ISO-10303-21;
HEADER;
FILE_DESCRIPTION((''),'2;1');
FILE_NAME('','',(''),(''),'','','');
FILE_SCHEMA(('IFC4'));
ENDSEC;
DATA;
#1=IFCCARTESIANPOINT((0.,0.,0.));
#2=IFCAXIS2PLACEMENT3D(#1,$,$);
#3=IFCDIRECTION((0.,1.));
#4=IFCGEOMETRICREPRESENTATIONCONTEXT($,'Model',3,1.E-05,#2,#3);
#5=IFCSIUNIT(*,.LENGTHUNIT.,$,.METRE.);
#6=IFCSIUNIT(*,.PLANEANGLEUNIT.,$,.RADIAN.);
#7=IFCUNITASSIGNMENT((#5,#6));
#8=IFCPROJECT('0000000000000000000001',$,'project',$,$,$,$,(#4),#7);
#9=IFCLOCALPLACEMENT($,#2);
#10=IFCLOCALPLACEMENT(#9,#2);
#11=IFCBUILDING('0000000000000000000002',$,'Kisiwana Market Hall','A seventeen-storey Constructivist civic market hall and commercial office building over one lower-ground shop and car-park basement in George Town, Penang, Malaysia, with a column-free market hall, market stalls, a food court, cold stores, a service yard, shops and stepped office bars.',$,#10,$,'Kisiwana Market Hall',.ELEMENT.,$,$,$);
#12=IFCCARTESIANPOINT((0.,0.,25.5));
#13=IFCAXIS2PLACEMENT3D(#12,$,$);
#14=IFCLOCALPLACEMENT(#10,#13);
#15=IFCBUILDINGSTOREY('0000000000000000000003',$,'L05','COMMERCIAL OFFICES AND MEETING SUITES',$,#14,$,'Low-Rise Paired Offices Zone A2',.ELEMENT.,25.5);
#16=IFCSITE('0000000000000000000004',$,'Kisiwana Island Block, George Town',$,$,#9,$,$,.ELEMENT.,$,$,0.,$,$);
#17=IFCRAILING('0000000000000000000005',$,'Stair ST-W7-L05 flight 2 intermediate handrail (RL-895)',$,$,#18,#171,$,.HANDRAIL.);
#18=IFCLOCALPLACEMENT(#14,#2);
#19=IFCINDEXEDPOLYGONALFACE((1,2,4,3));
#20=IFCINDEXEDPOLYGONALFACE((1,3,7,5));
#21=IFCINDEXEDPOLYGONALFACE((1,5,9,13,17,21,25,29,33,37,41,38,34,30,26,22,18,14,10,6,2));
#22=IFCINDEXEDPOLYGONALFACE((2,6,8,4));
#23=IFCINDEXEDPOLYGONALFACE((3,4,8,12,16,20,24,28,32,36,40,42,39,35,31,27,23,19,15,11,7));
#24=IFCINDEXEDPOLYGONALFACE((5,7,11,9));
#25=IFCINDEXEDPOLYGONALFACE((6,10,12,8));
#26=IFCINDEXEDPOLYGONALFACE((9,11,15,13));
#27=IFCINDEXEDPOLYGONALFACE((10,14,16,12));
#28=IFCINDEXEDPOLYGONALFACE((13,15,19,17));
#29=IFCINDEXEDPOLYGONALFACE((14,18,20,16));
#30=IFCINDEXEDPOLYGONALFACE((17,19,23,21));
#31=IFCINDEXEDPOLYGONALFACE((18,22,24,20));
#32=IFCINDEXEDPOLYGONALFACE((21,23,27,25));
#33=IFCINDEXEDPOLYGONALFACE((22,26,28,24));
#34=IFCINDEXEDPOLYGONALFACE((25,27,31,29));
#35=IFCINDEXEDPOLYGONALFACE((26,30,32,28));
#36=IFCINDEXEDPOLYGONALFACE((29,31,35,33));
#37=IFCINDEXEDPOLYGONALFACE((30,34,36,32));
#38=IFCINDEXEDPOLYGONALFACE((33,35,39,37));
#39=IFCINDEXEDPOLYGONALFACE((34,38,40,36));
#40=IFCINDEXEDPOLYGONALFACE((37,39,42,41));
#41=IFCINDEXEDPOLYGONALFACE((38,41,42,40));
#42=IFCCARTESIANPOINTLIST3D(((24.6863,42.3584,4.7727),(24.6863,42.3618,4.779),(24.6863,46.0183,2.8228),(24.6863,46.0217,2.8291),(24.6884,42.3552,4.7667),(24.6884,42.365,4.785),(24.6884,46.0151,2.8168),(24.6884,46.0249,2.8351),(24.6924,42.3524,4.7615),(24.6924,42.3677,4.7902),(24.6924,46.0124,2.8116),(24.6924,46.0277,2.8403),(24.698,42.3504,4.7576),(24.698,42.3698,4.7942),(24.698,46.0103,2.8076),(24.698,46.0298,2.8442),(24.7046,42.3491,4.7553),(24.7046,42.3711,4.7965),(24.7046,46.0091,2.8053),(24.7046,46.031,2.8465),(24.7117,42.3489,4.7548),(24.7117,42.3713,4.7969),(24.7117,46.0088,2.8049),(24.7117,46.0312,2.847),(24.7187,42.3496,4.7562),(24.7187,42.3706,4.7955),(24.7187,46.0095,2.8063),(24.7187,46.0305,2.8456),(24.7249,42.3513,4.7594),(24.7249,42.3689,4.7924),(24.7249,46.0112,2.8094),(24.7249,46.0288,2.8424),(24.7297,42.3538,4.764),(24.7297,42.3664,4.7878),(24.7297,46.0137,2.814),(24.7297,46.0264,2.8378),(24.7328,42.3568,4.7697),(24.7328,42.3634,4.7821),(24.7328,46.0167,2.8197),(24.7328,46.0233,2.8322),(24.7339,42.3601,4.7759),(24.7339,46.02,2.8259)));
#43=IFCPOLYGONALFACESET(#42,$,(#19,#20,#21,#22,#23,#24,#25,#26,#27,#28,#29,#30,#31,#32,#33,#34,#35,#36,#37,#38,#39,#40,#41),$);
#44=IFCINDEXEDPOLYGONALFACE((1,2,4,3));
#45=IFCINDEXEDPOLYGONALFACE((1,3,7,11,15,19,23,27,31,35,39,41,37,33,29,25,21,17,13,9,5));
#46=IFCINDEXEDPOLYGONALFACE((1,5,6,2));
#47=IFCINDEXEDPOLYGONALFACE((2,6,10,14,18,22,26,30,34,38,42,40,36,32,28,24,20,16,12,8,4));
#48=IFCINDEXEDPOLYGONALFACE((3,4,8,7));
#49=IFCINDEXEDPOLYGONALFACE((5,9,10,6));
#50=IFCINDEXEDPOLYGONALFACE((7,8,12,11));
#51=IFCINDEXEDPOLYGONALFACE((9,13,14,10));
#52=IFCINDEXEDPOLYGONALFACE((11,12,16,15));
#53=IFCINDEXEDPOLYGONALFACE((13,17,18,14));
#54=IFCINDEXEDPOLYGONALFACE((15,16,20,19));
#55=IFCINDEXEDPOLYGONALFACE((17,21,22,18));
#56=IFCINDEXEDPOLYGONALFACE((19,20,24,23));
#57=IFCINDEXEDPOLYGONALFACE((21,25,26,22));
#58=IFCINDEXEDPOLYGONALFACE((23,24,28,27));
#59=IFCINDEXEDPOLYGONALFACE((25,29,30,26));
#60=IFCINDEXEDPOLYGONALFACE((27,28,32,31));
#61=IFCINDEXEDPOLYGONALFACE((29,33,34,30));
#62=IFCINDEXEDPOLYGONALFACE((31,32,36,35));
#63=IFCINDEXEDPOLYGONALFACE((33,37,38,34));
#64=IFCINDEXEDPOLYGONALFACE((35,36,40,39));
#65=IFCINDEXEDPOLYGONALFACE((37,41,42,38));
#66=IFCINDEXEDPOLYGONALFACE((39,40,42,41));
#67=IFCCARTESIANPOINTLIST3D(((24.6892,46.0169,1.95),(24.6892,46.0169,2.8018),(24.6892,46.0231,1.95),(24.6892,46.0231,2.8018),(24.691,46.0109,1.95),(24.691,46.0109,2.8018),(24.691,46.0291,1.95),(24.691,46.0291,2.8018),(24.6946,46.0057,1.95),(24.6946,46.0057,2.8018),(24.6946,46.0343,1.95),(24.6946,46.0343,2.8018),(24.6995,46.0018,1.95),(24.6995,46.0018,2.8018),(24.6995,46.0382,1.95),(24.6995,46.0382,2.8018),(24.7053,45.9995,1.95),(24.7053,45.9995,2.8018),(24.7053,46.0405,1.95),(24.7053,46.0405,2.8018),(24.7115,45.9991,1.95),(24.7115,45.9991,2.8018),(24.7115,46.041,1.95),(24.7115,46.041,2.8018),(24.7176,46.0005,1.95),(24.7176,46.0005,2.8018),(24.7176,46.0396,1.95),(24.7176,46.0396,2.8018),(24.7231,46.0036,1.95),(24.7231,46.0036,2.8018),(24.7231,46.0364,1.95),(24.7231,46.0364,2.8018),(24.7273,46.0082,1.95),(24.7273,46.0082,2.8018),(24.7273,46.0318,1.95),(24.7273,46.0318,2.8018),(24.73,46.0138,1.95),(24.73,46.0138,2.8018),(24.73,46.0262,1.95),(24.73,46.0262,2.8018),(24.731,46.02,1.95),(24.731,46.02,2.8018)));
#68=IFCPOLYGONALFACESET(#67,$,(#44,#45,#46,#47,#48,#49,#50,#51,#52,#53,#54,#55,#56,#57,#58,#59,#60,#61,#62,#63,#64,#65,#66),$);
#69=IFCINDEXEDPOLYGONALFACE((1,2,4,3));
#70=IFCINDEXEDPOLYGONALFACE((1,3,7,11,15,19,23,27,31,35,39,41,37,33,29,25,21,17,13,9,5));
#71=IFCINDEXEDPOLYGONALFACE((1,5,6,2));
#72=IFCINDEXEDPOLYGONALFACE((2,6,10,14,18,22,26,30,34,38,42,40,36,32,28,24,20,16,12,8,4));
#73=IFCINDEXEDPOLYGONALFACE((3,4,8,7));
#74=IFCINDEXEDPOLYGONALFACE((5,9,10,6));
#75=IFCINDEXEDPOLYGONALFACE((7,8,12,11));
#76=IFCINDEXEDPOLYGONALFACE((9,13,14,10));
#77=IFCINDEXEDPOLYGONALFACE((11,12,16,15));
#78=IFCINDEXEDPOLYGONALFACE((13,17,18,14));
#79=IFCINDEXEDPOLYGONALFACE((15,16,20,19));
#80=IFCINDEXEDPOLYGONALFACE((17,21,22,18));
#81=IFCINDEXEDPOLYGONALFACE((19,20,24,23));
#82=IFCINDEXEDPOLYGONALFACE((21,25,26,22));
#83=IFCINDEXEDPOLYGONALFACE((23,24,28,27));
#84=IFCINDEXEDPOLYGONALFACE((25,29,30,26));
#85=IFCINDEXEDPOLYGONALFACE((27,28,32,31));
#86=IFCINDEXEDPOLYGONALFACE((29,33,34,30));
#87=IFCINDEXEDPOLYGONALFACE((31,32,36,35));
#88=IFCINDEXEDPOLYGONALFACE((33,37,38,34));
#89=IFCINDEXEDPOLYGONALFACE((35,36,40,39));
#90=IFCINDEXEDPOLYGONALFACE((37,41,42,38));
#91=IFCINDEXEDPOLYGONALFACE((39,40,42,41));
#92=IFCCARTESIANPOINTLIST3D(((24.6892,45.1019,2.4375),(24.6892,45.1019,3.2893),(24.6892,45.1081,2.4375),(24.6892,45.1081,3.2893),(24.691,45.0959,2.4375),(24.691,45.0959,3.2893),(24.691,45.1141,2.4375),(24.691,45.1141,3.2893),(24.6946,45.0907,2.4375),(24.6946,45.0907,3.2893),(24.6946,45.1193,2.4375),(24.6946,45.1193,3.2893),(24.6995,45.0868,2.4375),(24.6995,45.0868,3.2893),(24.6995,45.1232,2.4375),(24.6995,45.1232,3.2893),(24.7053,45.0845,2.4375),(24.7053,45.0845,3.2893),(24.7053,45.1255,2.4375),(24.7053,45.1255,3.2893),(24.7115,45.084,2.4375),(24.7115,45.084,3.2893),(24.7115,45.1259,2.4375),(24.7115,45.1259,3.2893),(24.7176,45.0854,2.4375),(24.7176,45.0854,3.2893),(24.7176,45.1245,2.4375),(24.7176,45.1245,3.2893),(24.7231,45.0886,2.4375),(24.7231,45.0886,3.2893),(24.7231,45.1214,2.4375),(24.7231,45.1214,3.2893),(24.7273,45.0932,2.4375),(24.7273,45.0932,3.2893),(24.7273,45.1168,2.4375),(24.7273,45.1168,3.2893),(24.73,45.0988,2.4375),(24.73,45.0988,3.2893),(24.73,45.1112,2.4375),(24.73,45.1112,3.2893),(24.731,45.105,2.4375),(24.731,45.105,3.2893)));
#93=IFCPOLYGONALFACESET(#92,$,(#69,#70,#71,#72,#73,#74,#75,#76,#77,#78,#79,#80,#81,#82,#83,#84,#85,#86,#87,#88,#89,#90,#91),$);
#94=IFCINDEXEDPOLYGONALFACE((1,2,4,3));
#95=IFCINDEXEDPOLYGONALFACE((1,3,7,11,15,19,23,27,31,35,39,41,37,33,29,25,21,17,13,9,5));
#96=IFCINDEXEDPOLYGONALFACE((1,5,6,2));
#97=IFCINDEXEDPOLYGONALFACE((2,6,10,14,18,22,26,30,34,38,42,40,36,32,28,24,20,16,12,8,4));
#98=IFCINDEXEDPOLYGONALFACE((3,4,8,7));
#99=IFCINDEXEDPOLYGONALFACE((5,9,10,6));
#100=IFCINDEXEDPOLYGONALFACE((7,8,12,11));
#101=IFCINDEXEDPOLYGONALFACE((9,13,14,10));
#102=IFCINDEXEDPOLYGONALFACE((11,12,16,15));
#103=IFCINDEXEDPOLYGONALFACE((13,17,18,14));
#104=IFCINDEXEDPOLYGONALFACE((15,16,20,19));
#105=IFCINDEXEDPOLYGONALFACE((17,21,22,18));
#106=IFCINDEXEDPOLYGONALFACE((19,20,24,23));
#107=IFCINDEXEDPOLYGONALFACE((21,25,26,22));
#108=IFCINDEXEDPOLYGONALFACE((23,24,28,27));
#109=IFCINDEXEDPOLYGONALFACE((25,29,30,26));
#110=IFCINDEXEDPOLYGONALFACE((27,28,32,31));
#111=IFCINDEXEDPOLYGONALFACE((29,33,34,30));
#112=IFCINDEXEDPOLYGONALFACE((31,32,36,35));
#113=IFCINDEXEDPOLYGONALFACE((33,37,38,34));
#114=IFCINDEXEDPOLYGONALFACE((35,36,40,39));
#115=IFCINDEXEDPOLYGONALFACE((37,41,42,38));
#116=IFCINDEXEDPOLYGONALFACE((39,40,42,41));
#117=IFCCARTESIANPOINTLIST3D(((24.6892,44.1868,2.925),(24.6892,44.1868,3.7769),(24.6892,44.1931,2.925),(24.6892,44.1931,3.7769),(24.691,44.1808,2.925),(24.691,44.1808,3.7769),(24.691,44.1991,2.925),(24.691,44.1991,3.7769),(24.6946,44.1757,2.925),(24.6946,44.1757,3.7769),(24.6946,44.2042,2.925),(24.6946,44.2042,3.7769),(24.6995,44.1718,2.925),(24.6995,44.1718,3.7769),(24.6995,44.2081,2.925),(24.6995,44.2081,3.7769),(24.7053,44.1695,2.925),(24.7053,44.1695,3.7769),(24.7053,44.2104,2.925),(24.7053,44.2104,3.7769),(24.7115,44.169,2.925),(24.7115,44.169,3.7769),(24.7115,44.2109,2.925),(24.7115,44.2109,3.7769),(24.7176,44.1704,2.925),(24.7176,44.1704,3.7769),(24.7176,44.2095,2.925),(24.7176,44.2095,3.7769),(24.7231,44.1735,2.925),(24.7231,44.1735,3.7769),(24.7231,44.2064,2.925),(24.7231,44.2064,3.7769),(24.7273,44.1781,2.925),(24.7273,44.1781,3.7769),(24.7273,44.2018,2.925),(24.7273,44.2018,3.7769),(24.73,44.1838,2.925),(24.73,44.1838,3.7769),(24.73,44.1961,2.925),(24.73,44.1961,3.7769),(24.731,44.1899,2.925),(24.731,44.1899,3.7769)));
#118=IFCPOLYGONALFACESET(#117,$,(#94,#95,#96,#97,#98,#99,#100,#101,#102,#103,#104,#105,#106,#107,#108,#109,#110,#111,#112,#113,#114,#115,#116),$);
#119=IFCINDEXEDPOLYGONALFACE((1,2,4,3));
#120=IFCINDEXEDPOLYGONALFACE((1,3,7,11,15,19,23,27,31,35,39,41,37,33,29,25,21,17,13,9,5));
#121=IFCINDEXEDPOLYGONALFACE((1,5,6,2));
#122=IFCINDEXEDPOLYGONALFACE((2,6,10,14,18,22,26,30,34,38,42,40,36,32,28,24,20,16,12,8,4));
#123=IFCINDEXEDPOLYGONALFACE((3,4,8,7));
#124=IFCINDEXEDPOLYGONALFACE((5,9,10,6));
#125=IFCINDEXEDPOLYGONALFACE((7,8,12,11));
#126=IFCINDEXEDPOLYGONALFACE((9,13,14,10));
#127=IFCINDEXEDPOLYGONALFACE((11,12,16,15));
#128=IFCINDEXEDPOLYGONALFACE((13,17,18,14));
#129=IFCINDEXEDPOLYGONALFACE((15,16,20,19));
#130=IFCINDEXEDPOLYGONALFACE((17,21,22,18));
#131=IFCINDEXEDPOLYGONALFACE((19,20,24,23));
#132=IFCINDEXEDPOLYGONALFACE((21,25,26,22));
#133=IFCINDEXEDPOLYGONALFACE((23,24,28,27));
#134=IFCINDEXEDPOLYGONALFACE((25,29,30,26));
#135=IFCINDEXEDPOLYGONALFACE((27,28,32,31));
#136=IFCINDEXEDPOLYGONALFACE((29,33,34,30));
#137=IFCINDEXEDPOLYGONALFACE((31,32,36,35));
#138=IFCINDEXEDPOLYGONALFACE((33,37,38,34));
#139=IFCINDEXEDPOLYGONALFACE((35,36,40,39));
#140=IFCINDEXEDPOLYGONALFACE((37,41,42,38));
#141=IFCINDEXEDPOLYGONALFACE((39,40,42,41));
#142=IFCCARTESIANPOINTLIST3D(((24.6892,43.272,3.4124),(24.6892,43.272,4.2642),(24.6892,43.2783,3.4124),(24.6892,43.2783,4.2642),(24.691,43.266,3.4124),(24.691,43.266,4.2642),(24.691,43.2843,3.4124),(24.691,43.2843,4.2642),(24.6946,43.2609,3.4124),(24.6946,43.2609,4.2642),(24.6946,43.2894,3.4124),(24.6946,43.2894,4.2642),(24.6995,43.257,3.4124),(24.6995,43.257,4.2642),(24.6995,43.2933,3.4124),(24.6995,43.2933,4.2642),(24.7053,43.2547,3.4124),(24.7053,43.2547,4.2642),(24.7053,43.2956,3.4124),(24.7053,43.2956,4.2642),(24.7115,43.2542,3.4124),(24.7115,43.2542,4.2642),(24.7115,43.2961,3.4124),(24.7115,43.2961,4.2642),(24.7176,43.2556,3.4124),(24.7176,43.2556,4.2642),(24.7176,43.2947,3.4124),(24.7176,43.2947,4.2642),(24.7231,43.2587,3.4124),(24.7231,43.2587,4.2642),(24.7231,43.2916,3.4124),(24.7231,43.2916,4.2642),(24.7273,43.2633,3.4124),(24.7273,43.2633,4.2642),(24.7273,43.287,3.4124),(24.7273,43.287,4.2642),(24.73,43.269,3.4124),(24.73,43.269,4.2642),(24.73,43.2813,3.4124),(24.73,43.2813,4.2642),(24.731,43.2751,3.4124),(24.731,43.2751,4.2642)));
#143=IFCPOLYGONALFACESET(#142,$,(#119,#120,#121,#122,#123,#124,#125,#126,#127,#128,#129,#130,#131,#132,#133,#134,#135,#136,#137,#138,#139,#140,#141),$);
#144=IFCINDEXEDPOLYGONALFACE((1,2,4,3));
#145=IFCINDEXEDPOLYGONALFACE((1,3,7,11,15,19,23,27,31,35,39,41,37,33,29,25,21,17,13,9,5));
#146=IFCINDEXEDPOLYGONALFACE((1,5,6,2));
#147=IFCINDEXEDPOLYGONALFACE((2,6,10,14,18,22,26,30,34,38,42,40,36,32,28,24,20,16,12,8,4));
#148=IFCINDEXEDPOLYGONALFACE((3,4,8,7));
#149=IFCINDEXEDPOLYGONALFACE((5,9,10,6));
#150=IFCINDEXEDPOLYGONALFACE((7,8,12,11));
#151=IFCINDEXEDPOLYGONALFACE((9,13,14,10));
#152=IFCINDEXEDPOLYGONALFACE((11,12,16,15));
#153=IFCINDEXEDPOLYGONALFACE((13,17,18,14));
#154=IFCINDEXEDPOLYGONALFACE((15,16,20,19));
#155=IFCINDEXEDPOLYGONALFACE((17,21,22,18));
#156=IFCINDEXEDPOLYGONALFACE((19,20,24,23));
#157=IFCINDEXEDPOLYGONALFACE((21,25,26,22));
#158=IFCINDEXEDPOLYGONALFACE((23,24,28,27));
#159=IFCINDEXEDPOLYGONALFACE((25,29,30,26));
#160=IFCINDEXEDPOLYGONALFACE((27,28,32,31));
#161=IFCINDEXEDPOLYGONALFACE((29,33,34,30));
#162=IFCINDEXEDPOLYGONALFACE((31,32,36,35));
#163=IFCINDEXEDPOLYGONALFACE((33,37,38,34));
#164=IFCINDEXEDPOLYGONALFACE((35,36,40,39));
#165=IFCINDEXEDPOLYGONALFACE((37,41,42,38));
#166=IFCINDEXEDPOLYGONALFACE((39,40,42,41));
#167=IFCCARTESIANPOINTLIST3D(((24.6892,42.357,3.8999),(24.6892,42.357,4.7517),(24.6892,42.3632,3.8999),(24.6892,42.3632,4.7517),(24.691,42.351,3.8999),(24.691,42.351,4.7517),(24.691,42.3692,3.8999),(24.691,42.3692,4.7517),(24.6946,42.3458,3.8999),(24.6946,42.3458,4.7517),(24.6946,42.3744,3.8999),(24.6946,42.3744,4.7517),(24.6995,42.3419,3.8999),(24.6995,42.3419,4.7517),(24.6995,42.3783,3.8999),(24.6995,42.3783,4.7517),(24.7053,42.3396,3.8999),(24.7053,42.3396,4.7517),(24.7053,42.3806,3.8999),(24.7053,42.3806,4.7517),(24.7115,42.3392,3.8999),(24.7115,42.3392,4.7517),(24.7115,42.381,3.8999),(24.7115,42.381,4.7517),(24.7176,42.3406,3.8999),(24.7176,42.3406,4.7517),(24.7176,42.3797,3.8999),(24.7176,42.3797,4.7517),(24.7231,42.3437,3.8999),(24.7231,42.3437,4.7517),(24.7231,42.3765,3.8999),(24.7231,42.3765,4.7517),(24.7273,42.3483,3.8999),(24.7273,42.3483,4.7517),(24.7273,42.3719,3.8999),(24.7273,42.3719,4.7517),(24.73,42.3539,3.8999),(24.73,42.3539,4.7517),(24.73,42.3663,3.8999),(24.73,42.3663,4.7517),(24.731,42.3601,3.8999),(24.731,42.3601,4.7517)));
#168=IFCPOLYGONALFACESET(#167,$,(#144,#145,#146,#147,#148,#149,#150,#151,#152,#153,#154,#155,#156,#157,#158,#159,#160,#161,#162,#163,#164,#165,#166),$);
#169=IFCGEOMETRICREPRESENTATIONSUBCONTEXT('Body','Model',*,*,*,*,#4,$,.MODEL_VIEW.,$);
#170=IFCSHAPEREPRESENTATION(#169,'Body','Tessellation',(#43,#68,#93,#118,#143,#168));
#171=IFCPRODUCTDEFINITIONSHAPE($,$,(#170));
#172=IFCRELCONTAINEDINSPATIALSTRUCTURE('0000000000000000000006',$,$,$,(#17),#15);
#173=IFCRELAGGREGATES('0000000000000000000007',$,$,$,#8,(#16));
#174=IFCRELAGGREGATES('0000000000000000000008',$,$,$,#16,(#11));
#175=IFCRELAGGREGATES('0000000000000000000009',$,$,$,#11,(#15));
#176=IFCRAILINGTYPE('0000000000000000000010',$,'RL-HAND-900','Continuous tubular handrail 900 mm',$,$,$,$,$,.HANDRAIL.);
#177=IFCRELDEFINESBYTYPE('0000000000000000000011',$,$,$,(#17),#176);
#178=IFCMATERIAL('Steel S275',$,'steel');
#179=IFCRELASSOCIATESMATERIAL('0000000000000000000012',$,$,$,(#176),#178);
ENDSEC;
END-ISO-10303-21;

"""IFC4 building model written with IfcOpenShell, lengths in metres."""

from ifc_helpers import new_model, si_unit, direction, frame, origin, origin_2d, place, context, subcontext, project, spatial, circle, extrude, material, type_object, element, save


model = new_model("IFC4")

# Units and contexts
model_context = context("Model", 3, precision=1e-05, world=origin(), true_north=direction((0.0, 1.0)))
body_context = subcontext(model_context, "Body", "Model", "MODEL_VIEW")
ifc_project = project(units=[si_unit("LENGTHUNIT", "METRE"), si_unit("PLANEANGLEUNIT", "RADIAN")], contexts=[model_context])

# Site, building, storey
site_placement = place(None, origin())
site = spatial("IfcSite", under=ifc_project, at=site_placement, Name="Kisiwana Island Block, George Town", CompositionType="ELEMENT", RefElevation=0.0)
building_placement = place(site_placement, origin())
building = spatial("IfcBuilding", under=site, at=building_placement, Name="Kisiwana Market Hall", Description="A seventeen-storey Constructivist civic market hall and commercial office building over one lower-ground shop and car-park basement in George Town, Penang, Malaysia, with a column-free market hall, market stalls, a food court, cold stores, a service yard, shops and stepped office bars.", LongName="Kisiwana Market Hall", CompositionType="ELEMENT")
storey_placement = place(building_placement, frame((0.0, 0.0, 25.5)))
storey = spatial("IfcBuildingStorey", under=building, at=storey_placement, Name="L05", Description="COMMERCIAL OFFICES AND MEETING SUITES", LongName="Low-Rise Paired Offices Zone A2", CompositionType="ELEMENT", Elevation=25.5)

# Railing
ifc_material_1 = material(Name="Steel S275", Category="steel")
railing_type_1 = type_object("IfcRailingType", Name="RL-HAND-900", Description="Continuous tubular handrail 900 mm", PredefinedType="HANDRAIL", material=ifc_material_1)
for number, where, name in (
    (1, (24.71, 46.02, 1.95), "Stair ST-W7-L05 flight 2 intermediate handrail (RL-895)"),
):
    element("IfcRailing", number, at=place(storey_placement, frame(where)), inside=storey, type_object=railing_type_1, Name=name, PredefinedType="HANDRAIL", context=body_context, shape_type="SweptSolid", body=[
        extrude(circle(Radius=0.0239, at=origin_2d()), frame((0.0, 0.0, 0.876), z_axis=(0.0, -0.882553, 0.470212), x_axis=(1.0, 0.0, 0.0)), (0.0, 0.0, 1.0), 4.147),
        extrude(circle(Radius=0.021, at=origin_2d()), origin(), (0.0, 0.0, 1.0), 0.8518),
        extrude(circle(Radius=0.021, at=origin_2d()), frame((0.0, -0.915, 0.4875)), (0.0, 0.0, 1.0), 0.8518),
        extrude(circle(Radius=0.021, at=origin_2d()), frame((0.0, -1.8301, 0.9751)), (0.0, 0.0, 1.0), 0.8518),
        extrude(circle(Radius=0.021, at=origin_2d()), frame((0.0, -2.7449, 1.4624)), (0.0, 0.0, 1.0), 0.8518),
        extrude(circle(Radius=0.021, at=origin_2d()), frame((0.0, -3.6599, 1.95)), (0.0, 0.0, 1.0), 0.8518),
    ])

save(model, "model.ifc")
